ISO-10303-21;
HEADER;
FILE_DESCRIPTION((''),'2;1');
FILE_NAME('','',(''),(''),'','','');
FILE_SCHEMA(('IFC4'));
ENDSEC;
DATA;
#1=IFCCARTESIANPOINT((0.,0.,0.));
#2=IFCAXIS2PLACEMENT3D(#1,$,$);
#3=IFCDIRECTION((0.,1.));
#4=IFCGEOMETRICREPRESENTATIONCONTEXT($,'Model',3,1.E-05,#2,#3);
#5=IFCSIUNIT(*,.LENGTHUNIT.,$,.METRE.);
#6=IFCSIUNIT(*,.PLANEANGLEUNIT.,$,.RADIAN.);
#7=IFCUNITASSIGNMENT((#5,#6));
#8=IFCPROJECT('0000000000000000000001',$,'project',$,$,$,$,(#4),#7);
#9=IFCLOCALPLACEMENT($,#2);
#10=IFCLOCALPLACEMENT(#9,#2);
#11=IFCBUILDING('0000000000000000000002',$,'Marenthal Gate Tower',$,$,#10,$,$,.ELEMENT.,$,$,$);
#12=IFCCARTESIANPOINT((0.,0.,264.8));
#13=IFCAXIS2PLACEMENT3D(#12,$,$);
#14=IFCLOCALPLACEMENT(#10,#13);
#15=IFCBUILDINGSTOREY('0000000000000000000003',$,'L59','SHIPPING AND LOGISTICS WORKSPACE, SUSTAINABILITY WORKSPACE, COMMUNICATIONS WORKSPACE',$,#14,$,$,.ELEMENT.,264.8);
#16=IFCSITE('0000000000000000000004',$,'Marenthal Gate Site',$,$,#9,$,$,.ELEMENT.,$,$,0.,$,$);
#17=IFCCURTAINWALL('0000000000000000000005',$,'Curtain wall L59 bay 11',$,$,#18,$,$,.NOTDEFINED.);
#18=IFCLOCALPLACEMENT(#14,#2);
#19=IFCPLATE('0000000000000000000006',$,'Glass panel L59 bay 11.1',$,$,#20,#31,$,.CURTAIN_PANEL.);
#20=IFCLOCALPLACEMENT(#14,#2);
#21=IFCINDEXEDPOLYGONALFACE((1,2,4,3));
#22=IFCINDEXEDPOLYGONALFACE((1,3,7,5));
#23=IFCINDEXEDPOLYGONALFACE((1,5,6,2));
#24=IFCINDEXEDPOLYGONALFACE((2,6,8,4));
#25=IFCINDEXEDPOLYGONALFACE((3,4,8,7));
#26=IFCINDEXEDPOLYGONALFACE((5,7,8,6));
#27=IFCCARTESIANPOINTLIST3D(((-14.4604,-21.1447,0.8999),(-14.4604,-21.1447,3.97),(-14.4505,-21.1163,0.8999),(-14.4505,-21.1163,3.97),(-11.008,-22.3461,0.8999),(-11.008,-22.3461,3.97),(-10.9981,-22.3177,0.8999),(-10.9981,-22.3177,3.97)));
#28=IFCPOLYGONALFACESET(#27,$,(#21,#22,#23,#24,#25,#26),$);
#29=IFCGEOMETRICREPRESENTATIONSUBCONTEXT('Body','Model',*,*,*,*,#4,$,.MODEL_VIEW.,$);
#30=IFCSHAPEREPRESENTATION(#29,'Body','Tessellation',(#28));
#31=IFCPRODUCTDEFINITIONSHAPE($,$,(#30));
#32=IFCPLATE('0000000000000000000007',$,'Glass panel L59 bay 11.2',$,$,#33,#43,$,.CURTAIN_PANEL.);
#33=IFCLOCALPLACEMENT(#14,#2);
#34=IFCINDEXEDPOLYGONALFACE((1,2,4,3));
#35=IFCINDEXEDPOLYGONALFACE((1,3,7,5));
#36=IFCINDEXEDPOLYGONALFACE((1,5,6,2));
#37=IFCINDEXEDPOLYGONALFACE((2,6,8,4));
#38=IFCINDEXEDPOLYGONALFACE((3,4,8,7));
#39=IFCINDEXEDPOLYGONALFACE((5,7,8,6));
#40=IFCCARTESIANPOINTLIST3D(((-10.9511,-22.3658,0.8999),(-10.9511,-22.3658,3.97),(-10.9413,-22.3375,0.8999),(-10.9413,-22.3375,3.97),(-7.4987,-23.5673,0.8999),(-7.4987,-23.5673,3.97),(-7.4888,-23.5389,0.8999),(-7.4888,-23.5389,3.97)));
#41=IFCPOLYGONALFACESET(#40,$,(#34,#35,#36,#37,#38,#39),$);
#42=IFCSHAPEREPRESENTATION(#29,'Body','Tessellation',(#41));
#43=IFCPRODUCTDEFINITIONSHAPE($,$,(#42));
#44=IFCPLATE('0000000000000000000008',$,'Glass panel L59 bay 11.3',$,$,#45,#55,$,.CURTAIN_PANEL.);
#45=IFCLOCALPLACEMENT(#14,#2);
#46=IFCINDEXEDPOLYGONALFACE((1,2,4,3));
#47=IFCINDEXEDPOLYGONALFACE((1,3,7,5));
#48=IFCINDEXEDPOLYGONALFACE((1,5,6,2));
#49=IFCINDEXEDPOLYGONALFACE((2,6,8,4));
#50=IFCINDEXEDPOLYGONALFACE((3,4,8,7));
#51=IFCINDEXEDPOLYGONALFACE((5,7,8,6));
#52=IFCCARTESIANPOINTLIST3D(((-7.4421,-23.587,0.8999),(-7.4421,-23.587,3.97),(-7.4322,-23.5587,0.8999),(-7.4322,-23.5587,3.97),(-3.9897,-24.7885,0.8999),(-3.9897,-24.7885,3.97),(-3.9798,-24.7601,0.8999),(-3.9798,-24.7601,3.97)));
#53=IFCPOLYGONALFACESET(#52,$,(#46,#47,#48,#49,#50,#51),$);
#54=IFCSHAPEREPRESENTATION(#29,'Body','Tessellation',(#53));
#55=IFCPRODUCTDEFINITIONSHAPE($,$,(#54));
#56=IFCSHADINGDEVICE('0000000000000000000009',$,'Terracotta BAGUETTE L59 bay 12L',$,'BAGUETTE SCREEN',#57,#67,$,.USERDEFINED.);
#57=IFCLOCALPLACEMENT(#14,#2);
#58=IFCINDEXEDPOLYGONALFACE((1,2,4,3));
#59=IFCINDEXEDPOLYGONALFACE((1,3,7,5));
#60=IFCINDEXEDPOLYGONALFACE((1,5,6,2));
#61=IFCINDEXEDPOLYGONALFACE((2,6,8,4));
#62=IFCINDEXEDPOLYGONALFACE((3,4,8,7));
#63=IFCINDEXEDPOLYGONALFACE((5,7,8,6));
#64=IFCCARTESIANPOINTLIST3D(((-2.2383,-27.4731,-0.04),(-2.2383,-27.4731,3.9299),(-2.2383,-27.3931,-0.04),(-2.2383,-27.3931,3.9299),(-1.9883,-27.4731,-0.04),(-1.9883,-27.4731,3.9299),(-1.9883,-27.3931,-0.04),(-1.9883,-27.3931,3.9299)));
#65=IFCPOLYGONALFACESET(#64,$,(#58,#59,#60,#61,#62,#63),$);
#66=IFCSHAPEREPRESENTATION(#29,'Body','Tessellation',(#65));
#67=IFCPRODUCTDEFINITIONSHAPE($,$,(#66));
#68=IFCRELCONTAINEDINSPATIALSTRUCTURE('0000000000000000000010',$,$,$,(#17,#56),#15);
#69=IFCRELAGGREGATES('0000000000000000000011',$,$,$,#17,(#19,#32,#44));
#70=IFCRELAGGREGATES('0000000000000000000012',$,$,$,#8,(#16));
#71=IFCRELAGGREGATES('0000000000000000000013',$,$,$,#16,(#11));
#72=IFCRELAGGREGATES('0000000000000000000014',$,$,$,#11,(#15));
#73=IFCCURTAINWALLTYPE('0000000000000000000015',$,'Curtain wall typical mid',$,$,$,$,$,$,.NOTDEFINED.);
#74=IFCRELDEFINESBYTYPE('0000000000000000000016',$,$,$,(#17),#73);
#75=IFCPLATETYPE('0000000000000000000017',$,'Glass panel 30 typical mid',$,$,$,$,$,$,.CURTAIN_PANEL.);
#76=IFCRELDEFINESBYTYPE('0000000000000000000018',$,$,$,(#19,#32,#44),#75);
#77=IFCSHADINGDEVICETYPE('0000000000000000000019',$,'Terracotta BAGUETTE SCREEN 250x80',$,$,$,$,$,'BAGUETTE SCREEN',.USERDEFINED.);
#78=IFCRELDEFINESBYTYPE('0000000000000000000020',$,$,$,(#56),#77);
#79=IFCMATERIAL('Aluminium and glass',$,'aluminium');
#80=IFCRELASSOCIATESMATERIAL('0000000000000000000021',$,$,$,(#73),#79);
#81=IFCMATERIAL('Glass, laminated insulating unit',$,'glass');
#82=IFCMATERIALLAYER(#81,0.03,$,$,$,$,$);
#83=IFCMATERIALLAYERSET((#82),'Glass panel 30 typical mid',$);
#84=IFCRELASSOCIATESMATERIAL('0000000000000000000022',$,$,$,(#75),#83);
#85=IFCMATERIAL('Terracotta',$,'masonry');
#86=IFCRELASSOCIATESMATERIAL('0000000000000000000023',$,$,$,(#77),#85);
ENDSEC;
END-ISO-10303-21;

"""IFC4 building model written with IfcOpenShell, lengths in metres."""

from ifc_helpers import new_model, si_unit, direction, frame, origin, origin_2d, place, context, subcontext, project, spatial, rectangle, extrude, material, layer, layer_set, material_profile, profile_set, type_object, element, aggregate, save


model = new_model("IFC4")

# Units and contexts
model_context = context("Model", 3, precision=1e-05, world=origin(), true_north=direction((0.0, 1.0)))
body_context = subcontext(model_context, "Body", "Model", "MODEL_VIEW")
ifc_project = project(units=[si_unit("LENGTHUNIT", "METRE"), si_unit("PLANEANGLEUNIT", "RADIAN")], contexts=[model_context])

# Site, building, storey
site_placement = place(None, origin())
site = spatial("IfcSite", under=ifc_project, at=site_placement, Name="Marenthal Gate Site", CompositionType="ELEMENT", RefElevation=0.0)
building_placement = place(site_placement, origin())
building = spatial("IfcBuilding", under=site, at=building_placement, Name="Marenthal Gate Tower", CompositionType="ELEMENT")
storey_placement = place(building_placement, frame((0.0, 0.0, 264.8)))
storey = spatial("IfcBuildingStorey", under=building, at=storey_placement, Name="L59", Description="SHIPPING AND LOGISTICS WORKSPACE, SUSTAINABILITY WORKSPACE, COMMUNICATIONS WORKSPACE", CompositionType="ELEMENT", Elevation=264.8)

# Curtain wall
ifc_material_1 = material(Name="Aluminium and glass", Category="aluminium")
curtain_wall_type = type_object("IfcCurtainWallType", Name="Curtain wall typical mid", PredefinedType="NOTDEFINED", material=ifc_material_1)
curtain_wall_placement = place(storey_placement, origin())
curtain_wall = element("IfcCurtainWall", 1, at=curtain_wall_placement, inside=storey, type_object=curtain_wall_type, Name="Curtain wall L59 bay 11", PredefinedType="NOTDEFINED")

# Plates
ifc_material_2 = material(Name="Glass, laminated insulating unit", Category="glass")
ifc_layer_1 = layer(ifc_material_2, 0.03)
ifc_layer_set_1 = layer_set([ifc_layer_1], Name="Glass panel 30 typical mid")
plate_type = type_object("IfcPlateType", Name="Glass panel 30 typical mid", PredefinedType="CURTAIN_PANEL", material=ifc_layer_set_1)
plate_1_placement = place(storey_placement, frame((-12.7292, -21.7312, 0.8999), z_axis=(0.0, 0.0, 1.0), x_axis=(0.944445, -0.32867, 0.0)))
plate_1 = element("IfcPlate", 2, at=plate_1_placement, type_object=plate_type, Name="Glass panel L59 bay 11.1", PredefinedType="CURTAIN_PANEL", context=body_context, shape_type="SweptSolid", body=[
    extrude(rectangle(XDim=3.6555, YDim=0.03, at=origin_2d()), origin(), (0.0, 0.0, 1.0), 3.0701),
])
plate_2_placement = place(storey_placement, frame((-9.22, -22.9524, 0.8999), z_axis=(0.0, 0.0, 1.0), x_axis=(0.944445, -0.32867, 0.0)))
plate_2 = element("IfcPlate", 3, at=plate_2_placement, type_object=plate_type, Name="Glass panel L59 bay 11.2", PredefinedType="CURTAIN_PANEL", context=body_context, shape_type="SweptSolid", body=[
    extrude(rectangle(XDim=3.6555, YDim=0.03, at=origin_2d()), origin(), (0.0, 0.0, 1.0), 3.0701),
])
plate_3_placement = place(storey_placement, frame((-5.7109, -24.1736, 0.8999), z_axis=(0.0, 0.0, 1.0), x_axis=(0.944445, -0.32867, 0.0)))
plate_3 = element("IfcPlate", 4, at=plate_3_placement, type_object=plate_type, Name="Glass panel L59 bay 11.3", PredefinedType="CURTAIN_PANEL", context=body_context, shape_type="SweptSolid", body=[
    extrude(rectangle(XDim=3.6555, YDim=0.03, at=origin_2d()), origin(), (0.0, 0.0, 1.0), 3.0701),
])
aggregate(curtain_wall, [plate_1, plate_2, plate_3])

# Shading device
ifc_material_3 = material(Name="Terracotta", Category="masonry")
ifc_material_profile_1 = material_profile(ifc_material_3, rectangle(XDim=0.25, YDim=0.0801, at=origin_2d()), Name="Terracotta baguette 250x80")
ifc_profile_set_1 = profile_set([ifc_material_profile_1], Name="Terracotta")
shading_device_type = type_object("IfcShadingDeviceType", Name="Terracotta BAGUETTE SCREEN 250x80", ElementType="BAGUETTE SCREEN", PredefinedType="USERDEFINED", material=ifc_profile_set_1)
shading_device_placement = place(storey_placement, frame((-2.1133, -27.4331, -0.04), z_axis=(0.0, 0.0, 1.0), x_axis=(1.0, 0.0, 0.0)))
element("IfcShadingDevice", 5, at=shading_device_placement, inside=storey, type_object=shading_device_type, Name="Terracotta BAGUETTE L59 bay 12L", ObjectType="BAGUETTE SCREEN", PredefinedType="USERDEFINED", context=body_context, shape_type="SweptSolid", body=[
    extrude(rectangle(XDim=0.25, YDim=0.0801, at=origin_2d()), origin(), (0.0, 0.0, 1.0), 3.97),
])

save(model, "model.ifc")
